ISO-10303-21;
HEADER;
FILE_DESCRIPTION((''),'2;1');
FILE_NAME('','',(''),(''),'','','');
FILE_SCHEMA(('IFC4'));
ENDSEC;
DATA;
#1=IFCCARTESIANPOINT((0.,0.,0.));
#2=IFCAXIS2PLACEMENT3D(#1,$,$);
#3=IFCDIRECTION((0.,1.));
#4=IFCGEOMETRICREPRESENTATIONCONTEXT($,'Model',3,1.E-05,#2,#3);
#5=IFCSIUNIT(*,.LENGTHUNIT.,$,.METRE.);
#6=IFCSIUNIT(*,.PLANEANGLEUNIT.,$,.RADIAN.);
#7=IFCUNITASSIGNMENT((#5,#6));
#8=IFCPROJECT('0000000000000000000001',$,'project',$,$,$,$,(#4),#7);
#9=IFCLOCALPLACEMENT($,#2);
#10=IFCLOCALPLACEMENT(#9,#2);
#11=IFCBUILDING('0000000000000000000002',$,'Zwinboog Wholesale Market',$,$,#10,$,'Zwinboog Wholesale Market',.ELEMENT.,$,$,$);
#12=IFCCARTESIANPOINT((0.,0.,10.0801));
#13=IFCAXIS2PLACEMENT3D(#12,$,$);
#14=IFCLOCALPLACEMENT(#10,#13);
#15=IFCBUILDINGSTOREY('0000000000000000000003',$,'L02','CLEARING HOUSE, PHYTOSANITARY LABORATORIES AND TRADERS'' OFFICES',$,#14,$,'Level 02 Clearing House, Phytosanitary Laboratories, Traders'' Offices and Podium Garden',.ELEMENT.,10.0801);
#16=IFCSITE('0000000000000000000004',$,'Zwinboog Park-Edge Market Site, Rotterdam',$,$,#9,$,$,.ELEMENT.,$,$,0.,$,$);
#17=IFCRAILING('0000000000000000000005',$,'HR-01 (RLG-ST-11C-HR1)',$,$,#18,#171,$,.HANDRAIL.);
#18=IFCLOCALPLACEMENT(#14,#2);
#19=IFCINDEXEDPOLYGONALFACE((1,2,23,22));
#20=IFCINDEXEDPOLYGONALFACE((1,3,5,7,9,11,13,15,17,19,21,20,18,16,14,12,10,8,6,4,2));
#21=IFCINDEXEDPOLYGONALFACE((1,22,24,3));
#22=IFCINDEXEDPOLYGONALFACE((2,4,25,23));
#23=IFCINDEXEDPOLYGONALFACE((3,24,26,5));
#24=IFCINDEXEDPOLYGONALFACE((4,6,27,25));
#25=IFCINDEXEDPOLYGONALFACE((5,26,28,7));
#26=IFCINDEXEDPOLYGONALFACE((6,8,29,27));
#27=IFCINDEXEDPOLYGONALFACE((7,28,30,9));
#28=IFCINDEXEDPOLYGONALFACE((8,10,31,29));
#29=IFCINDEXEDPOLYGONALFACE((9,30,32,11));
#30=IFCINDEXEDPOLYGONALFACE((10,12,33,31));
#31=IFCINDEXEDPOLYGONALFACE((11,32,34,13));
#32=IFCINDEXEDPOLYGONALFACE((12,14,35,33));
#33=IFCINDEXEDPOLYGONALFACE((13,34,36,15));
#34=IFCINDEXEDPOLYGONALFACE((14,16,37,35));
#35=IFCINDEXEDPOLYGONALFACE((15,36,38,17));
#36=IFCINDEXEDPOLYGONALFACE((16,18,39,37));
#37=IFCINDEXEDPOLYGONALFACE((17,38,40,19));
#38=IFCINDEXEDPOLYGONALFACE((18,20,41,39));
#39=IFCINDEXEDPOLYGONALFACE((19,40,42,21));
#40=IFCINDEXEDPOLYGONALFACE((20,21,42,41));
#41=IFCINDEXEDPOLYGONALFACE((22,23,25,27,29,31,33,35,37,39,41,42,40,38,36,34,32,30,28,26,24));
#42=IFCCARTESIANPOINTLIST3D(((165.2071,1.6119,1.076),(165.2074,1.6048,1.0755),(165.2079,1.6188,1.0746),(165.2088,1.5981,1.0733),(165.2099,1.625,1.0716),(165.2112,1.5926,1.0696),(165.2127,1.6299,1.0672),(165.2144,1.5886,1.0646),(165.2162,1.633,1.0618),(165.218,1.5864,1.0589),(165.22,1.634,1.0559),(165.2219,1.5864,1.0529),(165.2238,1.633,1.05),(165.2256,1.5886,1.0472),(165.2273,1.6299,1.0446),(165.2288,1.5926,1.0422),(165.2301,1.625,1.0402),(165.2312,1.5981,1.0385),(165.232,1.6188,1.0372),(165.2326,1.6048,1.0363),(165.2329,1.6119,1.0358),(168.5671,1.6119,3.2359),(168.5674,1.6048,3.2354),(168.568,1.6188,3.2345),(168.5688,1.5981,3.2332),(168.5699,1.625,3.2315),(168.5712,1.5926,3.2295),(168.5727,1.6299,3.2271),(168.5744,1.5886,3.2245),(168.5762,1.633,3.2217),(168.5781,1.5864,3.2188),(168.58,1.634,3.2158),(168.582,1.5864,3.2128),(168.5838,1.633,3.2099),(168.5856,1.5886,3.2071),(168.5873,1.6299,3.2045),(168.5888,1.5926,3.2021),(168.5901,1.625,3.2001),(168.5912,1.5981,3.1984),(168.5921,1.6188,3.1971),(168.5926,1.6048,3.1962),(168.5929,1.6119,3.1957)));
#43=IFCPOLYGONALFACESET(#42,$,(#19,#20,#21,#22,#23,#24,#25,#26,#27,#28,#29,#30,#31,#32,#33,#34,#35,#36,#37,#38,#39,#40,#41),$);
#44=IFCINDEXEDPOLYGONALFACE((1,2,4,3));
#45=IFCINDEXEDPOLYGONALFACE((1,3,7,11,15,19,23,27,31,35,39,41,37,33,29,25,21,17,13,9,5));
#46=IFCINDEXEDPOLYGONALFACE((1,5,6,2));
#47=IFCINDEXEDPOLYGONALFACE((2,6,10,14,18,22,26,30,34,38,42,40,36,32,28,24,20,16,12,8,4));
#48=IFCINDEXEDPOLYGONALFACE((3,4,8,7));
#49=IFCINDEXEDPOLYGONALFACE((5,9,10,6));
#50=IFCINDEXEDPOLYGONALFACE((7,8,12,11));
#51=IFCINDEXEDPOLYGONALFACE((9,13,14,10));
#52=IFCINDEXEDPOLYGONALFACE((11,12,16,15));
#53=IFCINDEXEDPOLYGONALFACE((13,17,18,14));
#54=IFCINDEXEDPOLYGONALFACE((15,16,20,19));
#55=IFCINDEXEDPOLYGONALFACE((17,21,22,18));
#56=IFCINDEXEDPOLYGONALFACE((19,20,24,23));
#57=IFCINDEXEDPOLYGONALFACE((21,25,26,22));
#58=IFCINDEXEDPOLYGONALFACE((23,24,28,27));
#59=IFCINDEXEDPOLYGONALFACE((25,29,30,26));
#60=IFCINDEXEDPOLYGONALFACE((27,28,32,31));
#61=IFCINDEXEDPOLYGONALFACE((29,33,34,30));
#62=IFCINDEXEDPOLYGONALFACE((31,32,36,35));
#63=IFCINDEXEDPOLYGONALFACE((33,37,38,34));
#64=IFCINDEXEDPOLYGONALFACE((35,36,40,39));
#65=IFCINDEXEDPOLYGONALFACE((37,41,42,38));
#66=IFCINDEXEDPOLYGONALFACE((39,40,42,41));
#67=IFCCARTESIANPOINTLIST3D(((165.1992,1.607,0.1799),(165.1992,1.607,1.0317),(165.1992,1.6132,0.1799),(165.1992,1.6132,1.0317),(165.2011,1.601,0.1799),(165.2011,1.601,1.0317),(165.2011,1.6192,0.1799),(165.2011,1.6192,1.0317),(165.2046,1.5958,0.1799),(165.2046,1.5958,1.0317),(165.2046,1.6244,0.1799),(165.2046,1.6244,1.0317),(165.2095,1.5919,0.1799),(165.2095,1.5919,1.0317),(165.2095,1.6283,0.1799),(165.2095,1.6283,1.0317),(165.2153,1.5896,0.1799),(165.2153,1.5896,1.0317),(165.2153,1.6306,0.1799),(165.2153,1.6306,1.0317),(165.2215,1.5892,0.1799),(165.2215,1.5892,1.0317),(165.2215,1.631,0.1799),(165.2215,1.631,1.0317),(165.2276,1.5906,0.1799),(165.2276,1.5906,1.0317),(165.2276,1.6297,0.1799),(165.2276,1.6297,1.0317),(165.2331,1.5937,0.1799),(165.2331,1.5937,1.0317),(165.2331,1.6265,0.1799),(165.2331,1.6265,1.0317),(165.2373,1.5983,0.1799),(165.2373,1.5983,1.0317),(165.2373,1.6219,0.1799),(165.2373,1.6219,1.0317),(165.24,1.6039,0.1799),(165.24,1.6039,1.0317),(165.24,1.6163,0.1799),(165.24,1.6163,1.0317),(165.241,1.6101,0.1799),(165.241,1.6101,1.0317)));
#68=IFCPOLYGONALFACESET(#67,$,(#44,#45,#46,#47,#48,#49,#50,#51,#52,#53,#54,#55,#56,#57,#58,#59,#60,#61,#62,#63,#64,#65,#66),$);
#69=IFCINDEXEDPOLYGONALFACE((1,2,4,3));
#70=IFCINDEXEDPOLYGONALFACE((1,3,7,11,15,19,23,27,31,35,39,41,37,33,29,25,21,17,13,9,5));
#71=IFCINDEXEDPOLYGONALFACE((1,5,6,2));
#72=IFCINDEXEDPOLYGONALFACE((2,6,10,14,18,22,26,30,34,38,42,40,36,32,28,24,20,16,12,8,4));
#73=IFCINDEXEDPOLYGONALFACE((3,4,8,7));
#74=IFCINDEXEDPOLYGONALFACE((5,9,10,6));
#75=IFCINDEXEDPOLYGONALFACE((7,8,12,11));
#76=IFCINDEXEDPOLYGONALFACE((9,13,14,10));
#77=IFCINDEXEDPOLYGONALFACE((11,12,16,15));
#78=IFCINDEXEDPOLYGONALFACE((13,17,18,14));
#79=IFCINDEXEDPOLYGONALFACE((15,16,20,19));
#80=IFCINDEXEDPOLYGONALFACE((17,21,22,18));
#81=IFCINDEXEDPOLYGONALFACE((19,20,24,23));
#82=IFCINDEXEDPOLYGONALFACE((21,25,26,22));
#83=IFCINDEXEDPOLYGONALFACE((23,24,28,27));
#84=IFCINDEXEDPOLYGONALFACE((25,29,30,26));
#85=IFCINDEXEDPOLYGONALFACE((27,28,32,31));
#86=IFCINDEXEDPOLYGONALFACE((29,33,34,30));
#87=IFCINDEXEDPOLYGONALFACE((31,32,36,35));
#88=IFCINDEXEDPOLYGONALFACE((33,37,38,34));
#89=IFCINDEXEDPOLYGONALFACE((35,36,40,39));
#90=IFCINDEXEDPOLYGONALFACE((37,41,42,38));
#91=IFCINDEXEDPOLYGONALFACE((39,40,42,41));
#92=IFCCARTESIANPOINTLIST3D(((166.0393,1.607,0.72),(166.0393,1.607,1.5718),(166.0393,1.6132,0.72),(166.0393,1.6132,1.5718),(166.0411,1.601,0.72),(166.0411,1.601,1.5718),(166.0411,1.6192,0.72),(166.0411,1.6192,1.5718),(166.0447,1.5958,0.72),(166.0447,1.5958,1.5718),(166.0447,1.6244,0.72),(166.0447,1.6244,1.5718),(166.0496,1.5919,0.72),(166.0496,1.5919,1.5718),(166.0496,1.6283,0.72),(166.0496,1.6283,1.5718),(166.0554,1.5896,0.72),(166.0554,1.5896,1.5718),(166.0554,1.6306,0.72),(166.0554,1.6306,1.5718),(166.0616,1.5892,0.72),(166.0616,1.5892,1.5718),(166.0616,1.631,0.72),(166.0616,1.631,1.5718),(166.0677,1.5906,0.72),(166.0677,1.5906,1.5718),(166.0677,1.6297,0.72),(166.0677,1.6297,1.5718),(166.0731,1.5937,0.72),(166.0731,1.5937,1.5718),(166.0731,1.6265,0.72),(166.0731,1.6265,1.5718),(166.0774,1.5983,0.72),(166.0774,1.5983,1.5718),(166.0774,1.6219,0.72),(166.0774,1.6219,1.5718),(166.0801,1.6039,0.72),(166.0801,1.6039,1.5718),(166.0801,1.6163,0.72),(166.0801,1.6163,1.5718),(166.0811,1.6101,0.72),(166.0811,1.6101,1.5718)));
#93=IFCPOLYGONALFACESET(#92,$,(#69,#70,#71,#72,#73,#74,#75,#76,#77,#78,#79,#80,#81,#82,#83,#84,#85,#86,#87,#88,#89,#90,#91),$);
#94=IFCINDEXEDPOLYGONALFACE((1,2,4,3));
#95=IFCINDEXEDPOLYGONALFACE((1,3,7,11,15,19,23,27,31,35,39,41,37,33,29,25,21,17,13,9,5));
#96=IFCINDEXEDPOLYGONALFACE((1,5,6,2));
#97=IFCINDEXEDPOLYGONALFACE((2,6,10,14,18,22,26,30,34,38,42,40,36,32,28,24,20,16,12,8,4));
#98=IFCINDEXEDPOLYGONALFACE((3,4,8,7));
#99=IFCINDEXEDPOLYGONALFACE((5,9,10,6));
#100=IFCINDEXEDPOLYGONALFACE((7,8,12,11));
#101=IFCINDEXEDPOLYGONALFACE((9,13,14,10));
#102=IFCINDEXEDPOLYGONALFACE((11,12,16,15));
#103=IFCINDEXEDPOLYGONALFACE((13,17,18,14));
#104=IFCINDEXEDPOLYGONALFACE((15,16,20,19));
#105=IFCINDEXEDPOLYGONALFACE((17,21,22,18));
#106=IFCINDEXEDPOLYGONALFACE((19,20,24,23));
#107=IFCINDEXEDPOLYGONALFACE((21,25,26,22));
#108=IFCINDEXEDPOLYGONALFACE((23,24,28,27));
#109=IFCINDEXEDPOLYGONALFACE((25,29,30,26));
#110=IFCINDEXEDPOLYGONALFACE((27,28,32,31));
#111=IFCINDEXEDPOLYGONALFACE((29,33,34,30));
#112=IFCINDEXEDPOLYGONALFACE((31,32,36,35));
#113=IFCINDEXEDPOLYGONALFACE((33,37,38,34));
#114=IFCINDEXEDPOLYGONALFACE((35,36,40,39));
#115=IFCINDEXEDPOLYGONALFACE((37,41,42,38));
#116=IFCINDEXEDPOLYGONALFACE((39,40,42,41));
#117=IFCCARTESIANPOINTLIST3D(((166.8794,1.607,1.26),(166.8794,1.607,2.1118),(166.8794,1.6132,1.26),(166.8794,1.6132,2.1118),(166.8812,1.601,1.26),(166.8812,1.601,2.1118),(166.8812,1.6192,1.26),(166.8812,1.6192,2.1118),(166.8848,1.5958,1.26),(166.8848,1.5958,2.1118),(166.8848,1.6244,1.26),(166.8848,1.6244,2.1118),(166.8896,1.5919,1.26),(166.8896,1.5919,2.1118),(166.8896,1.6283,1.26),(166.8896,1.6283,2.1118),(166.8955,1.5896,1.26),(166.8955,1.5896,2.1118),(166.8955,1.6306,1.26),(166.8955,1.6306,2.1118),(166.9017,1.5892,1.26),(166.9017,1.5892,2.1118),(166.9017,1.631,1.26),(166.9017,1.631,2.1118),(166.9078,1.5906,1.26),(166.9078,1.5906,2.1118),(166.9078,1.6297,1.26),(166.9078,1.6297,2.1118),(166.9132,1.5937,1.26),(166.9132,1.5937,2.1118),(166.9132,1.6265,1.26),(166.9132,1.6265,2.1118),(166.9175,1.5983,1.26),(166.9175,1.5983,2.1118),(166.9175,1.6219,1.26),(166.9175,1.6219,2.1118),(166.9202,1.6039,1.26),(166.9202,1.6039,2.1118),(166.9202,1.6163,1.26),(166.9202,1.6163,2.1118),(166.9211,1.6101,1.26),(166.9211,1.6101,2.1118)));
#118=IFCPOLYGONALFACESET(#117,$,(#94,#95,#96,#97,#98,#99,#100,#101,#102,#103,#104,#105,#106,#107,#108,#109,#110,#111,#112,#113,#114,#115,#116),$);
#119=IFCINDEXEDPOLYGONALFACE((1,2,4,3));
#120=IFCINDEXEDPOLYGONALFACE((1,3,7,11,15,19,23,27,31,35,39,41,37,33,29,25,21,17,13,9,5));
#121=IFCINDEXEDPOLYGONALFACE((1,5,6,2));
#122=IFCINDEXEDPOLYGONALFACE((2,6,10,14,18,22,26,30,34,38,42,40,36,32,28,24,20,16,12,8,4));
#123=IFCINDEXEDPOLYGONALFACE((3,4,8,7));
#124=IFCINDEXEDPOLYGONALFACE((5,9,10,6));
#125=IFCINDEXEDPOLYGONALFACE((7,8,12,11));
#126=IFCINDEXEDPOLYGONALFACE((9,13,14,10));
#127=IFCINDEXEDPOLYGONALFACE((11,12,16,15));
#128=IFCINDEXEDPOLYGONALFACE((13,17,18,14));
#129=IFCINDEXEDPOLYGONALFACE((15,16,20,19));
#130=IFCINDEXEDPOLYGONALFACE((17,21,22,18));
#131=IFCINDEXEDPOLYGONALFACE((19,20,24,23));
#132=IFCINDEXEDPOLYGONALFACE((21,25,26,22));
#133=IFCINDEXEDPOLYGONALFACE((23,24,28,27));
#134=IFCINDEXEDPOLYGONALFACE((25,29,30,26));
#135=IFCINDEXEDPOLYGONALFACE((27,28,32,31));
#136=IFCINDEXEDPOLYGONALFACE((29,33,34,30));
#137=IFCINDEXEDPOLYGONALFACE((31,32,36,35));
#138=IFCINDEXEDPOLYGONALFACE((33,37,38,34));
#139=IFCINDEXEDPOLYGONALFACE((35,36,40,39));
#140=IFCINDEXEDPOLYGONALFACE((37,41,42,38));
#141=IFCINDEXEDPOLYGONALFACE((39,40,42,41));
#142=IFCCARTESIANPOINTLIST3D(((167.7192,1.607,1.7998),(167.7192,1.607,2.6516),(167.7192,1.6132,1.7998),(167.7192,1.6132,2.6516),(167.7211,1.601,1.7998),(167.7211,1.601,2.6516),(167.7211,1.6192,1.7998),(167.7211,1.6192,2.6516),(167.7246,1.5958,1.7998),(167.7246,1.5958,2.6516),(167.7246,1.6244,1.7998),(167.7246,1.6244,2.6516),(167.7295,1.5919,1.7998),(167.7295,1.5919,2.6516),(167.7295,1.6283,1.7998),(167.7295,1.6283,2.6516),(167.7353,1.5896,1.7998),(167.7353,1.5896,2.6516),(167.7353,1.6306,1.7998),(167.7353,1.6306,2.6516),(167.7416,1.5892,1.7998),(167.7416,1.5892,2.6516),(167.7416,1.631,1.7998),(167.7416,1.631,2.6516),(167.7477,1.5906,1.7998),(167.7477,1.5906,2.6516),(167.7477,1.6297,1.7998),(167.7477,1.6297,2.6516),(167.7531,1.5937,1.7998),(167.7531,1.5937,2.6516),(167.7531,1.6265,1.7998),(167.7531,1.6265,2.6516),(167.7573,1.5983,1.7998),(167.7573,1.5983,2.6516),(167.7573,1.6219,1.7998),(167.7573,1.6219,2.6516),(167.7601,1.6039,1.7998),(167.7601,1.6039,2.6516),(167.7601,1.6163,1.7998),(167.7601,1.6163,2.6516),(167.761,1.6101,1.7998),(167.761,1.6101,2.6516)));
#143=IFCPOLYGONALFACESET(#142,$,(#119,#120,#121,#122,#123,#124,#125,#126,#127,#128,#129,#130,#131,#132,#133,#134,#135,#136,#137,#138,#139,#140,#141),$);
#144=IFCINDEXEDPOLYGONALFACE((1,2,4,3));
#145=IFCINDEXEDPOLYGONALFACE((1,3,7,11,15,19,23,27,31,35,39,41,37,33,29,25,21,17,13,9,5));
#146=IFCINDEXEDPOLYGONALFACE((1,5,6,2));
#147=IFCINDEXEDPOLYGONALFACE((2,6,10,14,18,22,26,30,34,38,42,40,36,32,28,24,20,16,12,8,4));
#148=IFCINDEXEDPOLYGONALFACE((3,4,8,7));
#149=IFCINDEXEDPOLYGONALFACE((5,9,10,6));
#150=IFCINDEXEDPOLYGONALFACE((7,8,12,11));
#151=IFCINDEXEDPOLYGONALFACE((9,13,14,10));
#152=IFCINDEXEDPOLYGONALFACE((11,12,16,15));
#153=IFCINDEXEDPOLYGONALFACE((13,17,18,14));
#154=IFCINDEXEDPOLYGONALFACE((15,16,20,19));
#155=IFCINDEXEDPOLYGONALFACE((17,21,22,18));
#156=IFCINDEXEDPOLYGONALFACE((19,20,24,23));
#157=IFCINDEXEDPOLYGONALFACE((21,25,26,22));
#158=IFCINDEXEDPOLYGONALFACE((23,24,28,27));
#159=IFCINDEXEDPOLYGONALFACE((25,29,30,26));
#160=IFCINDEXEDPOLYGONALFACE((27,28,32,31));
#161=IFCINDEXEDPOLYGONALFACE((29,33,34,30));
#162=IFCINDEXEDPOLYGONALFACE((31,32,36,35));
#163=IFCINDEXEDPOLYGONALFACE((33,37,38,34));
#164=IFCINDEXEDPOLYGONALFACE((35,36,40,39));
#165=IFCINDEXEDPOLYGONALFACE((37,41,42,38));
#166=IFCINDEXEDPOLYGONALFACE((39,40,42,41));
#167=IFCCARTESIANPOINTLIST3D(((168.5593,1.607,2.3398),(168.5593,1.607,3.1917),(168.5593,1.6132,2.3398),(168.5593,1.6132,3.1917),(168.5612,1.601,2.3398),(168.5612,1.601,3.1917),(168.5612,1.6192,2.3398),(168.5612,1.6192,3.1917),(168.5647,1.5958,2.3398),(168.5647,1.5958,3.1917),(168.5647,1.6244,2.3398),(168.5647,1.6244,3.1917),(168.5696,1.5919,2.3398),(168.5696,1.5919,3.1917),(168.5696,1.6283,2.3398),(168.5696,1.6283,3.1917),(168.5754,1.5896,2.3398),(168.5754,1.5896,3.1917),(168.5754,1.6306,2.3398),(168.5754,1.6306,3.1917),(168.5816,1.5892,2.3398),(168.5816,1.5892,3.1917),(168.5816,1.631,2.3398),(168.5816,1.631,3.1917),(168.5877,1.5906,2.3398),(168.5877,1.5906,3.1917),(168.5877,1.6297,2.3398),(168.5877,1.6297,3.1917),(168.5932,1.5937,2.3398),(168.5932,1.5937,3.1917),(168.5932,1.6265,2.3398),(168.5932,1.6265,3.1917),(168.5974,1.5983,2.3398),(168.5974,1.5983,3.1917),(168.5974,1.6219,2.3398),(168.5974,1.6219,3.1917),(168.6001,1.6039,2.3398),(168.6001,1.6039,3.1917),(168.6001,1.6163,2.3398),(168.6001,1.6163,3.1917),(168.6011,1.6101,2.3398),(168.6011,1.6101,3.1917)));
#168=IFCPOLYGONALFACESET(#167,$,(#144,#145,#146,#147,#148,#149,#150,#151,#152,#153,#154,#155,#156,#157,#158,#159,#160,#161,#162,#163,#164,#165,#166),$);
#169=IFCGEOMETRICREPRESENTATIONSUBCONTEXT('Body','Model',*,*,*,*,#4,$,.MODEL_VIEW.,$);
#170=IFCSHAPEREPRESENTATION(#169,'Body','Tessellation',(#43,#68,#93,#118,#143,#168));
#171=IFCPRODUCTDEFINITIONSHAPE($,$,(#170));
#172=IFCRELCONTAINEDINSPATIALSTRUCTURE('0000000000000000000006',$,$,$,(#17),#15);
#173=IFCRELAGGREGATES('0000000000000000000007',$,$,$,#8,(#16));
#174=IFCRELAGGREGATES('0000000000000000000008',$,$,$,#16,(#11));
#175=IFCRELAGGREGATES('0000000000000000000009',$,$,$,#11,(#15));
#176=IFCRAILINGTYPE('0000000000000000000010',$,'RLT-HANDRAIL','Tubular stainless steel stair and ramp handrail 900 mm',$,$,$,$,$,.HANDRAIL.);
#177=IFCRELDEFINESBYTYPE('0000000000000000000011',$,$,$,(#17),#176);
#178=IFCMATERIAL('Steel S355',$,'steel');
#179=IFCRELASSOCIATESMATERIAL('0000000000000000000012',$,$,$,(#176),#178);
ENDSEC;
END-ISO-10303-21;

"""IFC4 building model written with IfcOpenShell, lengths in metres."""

from ifc_helpers import new_model, si_unit, direction, frame, origin, origin_2d, place, context, subcontext, project, spatial, circle, extrude, material, type_object, element, save


model = new_model("IFC4")

# Units and contexts
model_context = context("Model", 3, precision=1e-05, world=origin(), true_north=direction((0.0, 1.0)))
body_context = subcontext(model_context, "Body", "Model", "MODEL_VIEW")
ifc_project = project(units=[si_unit("LENGTHUNIT", "METRE"), si_unit("PLANEANGLEUNIT", "RADIAN")], contexts=[model_context])

# Site, building, storey
site_placement = place(None, origin())
site = spatial("IfcSite", under=ifc_project, at=site_placement, Name="Zwinboog Park-Edge Market Site, Rotterdam", CompositionType="ELEMENT", RefElevation=0.0)
building_placement = place(site_placement, origin())
building = spatial("IfcBuilding", under=site, at=building_placement, Name="Zwinboog Wholesale Market", LongName="Zwinboog Wholesale Market", CompositionType="ELEMENT")
storey_placement = place(building_placement, frame((0.0, 0.0, 10.0801)))
storey = spatial("IfcBuildingStorey", under=building, at=storey_placement, Name="L02", Description="CLEARING HOUSE, PHYTOSANITARY LABORATORIES AND TRADERS' OFFICES", LongName="Level 02 Clearing House, Phytosanitary Laboratories, Traders' Offices and Podium Garden", CompositionType="ELEMENT", Elevation=10.0801)

# Shared definitions
ifc_material_1 = material(Name="Steel S355", Category="steel")

# Railing
railing_type_1 = type_object("IfcRailingType", Name="RLT-HANDRAIL", Description="Tubular stainless steel stair and ramp handrail 900 mm", PredefinedType="HANDRAIL", material=ifc_material_1)
railing_1_placement = place(storey_placement, frame((165.22, 1.6101, 0.1799)))
element("IfcRailing", 1, at=railing_1_placement, inside=storey, type_object=railing_type_1, Name="HR-01 (RLG-ST-11C-HR1)", PredefinedType="HANDRAIL", context=body_context, shape_type="SweptSolid", body=[
    extrude(circle(Radius=0.0239, at=origin_2d()), frame((0.0, 0.0, 0.876), z_axis=(0.841196, 0.0, 0.54073), x_axis=(0.0, 1.0, 0.0)), (0.0, 0.0, 1.0), 3.9944),
    extrude(circle(Radius=0.021, at=origin_2d()), origin(), (0.0, 0.0, 1.0), 0.8518),
    extrude(circle(Radius=0.021, at=origin_2d()), frame((0.8401, 0.0, 0.54)), (0.0, 0.0, 1.0), 0.8518),
    extrude(circle(Radius=0.021, at=origin_2d()), frame((1.6802, 0.0, 1.0801)), (0.0, 0.0, 1.0), 0.8518),
    extrude(circle(Radius=0.021, at=origin_2d()), frame((2.52, 0.0, 1.6199)), (0.0, 0.0, 1.0), 0.8518),
    extrude(circle(Radius=0.021, at=origin_2d()), frame((3.3601, 0.0, 2.1599)), (0.0, 0.0, 1.0), 0.8518),
])

save(model, "model.ifc")
